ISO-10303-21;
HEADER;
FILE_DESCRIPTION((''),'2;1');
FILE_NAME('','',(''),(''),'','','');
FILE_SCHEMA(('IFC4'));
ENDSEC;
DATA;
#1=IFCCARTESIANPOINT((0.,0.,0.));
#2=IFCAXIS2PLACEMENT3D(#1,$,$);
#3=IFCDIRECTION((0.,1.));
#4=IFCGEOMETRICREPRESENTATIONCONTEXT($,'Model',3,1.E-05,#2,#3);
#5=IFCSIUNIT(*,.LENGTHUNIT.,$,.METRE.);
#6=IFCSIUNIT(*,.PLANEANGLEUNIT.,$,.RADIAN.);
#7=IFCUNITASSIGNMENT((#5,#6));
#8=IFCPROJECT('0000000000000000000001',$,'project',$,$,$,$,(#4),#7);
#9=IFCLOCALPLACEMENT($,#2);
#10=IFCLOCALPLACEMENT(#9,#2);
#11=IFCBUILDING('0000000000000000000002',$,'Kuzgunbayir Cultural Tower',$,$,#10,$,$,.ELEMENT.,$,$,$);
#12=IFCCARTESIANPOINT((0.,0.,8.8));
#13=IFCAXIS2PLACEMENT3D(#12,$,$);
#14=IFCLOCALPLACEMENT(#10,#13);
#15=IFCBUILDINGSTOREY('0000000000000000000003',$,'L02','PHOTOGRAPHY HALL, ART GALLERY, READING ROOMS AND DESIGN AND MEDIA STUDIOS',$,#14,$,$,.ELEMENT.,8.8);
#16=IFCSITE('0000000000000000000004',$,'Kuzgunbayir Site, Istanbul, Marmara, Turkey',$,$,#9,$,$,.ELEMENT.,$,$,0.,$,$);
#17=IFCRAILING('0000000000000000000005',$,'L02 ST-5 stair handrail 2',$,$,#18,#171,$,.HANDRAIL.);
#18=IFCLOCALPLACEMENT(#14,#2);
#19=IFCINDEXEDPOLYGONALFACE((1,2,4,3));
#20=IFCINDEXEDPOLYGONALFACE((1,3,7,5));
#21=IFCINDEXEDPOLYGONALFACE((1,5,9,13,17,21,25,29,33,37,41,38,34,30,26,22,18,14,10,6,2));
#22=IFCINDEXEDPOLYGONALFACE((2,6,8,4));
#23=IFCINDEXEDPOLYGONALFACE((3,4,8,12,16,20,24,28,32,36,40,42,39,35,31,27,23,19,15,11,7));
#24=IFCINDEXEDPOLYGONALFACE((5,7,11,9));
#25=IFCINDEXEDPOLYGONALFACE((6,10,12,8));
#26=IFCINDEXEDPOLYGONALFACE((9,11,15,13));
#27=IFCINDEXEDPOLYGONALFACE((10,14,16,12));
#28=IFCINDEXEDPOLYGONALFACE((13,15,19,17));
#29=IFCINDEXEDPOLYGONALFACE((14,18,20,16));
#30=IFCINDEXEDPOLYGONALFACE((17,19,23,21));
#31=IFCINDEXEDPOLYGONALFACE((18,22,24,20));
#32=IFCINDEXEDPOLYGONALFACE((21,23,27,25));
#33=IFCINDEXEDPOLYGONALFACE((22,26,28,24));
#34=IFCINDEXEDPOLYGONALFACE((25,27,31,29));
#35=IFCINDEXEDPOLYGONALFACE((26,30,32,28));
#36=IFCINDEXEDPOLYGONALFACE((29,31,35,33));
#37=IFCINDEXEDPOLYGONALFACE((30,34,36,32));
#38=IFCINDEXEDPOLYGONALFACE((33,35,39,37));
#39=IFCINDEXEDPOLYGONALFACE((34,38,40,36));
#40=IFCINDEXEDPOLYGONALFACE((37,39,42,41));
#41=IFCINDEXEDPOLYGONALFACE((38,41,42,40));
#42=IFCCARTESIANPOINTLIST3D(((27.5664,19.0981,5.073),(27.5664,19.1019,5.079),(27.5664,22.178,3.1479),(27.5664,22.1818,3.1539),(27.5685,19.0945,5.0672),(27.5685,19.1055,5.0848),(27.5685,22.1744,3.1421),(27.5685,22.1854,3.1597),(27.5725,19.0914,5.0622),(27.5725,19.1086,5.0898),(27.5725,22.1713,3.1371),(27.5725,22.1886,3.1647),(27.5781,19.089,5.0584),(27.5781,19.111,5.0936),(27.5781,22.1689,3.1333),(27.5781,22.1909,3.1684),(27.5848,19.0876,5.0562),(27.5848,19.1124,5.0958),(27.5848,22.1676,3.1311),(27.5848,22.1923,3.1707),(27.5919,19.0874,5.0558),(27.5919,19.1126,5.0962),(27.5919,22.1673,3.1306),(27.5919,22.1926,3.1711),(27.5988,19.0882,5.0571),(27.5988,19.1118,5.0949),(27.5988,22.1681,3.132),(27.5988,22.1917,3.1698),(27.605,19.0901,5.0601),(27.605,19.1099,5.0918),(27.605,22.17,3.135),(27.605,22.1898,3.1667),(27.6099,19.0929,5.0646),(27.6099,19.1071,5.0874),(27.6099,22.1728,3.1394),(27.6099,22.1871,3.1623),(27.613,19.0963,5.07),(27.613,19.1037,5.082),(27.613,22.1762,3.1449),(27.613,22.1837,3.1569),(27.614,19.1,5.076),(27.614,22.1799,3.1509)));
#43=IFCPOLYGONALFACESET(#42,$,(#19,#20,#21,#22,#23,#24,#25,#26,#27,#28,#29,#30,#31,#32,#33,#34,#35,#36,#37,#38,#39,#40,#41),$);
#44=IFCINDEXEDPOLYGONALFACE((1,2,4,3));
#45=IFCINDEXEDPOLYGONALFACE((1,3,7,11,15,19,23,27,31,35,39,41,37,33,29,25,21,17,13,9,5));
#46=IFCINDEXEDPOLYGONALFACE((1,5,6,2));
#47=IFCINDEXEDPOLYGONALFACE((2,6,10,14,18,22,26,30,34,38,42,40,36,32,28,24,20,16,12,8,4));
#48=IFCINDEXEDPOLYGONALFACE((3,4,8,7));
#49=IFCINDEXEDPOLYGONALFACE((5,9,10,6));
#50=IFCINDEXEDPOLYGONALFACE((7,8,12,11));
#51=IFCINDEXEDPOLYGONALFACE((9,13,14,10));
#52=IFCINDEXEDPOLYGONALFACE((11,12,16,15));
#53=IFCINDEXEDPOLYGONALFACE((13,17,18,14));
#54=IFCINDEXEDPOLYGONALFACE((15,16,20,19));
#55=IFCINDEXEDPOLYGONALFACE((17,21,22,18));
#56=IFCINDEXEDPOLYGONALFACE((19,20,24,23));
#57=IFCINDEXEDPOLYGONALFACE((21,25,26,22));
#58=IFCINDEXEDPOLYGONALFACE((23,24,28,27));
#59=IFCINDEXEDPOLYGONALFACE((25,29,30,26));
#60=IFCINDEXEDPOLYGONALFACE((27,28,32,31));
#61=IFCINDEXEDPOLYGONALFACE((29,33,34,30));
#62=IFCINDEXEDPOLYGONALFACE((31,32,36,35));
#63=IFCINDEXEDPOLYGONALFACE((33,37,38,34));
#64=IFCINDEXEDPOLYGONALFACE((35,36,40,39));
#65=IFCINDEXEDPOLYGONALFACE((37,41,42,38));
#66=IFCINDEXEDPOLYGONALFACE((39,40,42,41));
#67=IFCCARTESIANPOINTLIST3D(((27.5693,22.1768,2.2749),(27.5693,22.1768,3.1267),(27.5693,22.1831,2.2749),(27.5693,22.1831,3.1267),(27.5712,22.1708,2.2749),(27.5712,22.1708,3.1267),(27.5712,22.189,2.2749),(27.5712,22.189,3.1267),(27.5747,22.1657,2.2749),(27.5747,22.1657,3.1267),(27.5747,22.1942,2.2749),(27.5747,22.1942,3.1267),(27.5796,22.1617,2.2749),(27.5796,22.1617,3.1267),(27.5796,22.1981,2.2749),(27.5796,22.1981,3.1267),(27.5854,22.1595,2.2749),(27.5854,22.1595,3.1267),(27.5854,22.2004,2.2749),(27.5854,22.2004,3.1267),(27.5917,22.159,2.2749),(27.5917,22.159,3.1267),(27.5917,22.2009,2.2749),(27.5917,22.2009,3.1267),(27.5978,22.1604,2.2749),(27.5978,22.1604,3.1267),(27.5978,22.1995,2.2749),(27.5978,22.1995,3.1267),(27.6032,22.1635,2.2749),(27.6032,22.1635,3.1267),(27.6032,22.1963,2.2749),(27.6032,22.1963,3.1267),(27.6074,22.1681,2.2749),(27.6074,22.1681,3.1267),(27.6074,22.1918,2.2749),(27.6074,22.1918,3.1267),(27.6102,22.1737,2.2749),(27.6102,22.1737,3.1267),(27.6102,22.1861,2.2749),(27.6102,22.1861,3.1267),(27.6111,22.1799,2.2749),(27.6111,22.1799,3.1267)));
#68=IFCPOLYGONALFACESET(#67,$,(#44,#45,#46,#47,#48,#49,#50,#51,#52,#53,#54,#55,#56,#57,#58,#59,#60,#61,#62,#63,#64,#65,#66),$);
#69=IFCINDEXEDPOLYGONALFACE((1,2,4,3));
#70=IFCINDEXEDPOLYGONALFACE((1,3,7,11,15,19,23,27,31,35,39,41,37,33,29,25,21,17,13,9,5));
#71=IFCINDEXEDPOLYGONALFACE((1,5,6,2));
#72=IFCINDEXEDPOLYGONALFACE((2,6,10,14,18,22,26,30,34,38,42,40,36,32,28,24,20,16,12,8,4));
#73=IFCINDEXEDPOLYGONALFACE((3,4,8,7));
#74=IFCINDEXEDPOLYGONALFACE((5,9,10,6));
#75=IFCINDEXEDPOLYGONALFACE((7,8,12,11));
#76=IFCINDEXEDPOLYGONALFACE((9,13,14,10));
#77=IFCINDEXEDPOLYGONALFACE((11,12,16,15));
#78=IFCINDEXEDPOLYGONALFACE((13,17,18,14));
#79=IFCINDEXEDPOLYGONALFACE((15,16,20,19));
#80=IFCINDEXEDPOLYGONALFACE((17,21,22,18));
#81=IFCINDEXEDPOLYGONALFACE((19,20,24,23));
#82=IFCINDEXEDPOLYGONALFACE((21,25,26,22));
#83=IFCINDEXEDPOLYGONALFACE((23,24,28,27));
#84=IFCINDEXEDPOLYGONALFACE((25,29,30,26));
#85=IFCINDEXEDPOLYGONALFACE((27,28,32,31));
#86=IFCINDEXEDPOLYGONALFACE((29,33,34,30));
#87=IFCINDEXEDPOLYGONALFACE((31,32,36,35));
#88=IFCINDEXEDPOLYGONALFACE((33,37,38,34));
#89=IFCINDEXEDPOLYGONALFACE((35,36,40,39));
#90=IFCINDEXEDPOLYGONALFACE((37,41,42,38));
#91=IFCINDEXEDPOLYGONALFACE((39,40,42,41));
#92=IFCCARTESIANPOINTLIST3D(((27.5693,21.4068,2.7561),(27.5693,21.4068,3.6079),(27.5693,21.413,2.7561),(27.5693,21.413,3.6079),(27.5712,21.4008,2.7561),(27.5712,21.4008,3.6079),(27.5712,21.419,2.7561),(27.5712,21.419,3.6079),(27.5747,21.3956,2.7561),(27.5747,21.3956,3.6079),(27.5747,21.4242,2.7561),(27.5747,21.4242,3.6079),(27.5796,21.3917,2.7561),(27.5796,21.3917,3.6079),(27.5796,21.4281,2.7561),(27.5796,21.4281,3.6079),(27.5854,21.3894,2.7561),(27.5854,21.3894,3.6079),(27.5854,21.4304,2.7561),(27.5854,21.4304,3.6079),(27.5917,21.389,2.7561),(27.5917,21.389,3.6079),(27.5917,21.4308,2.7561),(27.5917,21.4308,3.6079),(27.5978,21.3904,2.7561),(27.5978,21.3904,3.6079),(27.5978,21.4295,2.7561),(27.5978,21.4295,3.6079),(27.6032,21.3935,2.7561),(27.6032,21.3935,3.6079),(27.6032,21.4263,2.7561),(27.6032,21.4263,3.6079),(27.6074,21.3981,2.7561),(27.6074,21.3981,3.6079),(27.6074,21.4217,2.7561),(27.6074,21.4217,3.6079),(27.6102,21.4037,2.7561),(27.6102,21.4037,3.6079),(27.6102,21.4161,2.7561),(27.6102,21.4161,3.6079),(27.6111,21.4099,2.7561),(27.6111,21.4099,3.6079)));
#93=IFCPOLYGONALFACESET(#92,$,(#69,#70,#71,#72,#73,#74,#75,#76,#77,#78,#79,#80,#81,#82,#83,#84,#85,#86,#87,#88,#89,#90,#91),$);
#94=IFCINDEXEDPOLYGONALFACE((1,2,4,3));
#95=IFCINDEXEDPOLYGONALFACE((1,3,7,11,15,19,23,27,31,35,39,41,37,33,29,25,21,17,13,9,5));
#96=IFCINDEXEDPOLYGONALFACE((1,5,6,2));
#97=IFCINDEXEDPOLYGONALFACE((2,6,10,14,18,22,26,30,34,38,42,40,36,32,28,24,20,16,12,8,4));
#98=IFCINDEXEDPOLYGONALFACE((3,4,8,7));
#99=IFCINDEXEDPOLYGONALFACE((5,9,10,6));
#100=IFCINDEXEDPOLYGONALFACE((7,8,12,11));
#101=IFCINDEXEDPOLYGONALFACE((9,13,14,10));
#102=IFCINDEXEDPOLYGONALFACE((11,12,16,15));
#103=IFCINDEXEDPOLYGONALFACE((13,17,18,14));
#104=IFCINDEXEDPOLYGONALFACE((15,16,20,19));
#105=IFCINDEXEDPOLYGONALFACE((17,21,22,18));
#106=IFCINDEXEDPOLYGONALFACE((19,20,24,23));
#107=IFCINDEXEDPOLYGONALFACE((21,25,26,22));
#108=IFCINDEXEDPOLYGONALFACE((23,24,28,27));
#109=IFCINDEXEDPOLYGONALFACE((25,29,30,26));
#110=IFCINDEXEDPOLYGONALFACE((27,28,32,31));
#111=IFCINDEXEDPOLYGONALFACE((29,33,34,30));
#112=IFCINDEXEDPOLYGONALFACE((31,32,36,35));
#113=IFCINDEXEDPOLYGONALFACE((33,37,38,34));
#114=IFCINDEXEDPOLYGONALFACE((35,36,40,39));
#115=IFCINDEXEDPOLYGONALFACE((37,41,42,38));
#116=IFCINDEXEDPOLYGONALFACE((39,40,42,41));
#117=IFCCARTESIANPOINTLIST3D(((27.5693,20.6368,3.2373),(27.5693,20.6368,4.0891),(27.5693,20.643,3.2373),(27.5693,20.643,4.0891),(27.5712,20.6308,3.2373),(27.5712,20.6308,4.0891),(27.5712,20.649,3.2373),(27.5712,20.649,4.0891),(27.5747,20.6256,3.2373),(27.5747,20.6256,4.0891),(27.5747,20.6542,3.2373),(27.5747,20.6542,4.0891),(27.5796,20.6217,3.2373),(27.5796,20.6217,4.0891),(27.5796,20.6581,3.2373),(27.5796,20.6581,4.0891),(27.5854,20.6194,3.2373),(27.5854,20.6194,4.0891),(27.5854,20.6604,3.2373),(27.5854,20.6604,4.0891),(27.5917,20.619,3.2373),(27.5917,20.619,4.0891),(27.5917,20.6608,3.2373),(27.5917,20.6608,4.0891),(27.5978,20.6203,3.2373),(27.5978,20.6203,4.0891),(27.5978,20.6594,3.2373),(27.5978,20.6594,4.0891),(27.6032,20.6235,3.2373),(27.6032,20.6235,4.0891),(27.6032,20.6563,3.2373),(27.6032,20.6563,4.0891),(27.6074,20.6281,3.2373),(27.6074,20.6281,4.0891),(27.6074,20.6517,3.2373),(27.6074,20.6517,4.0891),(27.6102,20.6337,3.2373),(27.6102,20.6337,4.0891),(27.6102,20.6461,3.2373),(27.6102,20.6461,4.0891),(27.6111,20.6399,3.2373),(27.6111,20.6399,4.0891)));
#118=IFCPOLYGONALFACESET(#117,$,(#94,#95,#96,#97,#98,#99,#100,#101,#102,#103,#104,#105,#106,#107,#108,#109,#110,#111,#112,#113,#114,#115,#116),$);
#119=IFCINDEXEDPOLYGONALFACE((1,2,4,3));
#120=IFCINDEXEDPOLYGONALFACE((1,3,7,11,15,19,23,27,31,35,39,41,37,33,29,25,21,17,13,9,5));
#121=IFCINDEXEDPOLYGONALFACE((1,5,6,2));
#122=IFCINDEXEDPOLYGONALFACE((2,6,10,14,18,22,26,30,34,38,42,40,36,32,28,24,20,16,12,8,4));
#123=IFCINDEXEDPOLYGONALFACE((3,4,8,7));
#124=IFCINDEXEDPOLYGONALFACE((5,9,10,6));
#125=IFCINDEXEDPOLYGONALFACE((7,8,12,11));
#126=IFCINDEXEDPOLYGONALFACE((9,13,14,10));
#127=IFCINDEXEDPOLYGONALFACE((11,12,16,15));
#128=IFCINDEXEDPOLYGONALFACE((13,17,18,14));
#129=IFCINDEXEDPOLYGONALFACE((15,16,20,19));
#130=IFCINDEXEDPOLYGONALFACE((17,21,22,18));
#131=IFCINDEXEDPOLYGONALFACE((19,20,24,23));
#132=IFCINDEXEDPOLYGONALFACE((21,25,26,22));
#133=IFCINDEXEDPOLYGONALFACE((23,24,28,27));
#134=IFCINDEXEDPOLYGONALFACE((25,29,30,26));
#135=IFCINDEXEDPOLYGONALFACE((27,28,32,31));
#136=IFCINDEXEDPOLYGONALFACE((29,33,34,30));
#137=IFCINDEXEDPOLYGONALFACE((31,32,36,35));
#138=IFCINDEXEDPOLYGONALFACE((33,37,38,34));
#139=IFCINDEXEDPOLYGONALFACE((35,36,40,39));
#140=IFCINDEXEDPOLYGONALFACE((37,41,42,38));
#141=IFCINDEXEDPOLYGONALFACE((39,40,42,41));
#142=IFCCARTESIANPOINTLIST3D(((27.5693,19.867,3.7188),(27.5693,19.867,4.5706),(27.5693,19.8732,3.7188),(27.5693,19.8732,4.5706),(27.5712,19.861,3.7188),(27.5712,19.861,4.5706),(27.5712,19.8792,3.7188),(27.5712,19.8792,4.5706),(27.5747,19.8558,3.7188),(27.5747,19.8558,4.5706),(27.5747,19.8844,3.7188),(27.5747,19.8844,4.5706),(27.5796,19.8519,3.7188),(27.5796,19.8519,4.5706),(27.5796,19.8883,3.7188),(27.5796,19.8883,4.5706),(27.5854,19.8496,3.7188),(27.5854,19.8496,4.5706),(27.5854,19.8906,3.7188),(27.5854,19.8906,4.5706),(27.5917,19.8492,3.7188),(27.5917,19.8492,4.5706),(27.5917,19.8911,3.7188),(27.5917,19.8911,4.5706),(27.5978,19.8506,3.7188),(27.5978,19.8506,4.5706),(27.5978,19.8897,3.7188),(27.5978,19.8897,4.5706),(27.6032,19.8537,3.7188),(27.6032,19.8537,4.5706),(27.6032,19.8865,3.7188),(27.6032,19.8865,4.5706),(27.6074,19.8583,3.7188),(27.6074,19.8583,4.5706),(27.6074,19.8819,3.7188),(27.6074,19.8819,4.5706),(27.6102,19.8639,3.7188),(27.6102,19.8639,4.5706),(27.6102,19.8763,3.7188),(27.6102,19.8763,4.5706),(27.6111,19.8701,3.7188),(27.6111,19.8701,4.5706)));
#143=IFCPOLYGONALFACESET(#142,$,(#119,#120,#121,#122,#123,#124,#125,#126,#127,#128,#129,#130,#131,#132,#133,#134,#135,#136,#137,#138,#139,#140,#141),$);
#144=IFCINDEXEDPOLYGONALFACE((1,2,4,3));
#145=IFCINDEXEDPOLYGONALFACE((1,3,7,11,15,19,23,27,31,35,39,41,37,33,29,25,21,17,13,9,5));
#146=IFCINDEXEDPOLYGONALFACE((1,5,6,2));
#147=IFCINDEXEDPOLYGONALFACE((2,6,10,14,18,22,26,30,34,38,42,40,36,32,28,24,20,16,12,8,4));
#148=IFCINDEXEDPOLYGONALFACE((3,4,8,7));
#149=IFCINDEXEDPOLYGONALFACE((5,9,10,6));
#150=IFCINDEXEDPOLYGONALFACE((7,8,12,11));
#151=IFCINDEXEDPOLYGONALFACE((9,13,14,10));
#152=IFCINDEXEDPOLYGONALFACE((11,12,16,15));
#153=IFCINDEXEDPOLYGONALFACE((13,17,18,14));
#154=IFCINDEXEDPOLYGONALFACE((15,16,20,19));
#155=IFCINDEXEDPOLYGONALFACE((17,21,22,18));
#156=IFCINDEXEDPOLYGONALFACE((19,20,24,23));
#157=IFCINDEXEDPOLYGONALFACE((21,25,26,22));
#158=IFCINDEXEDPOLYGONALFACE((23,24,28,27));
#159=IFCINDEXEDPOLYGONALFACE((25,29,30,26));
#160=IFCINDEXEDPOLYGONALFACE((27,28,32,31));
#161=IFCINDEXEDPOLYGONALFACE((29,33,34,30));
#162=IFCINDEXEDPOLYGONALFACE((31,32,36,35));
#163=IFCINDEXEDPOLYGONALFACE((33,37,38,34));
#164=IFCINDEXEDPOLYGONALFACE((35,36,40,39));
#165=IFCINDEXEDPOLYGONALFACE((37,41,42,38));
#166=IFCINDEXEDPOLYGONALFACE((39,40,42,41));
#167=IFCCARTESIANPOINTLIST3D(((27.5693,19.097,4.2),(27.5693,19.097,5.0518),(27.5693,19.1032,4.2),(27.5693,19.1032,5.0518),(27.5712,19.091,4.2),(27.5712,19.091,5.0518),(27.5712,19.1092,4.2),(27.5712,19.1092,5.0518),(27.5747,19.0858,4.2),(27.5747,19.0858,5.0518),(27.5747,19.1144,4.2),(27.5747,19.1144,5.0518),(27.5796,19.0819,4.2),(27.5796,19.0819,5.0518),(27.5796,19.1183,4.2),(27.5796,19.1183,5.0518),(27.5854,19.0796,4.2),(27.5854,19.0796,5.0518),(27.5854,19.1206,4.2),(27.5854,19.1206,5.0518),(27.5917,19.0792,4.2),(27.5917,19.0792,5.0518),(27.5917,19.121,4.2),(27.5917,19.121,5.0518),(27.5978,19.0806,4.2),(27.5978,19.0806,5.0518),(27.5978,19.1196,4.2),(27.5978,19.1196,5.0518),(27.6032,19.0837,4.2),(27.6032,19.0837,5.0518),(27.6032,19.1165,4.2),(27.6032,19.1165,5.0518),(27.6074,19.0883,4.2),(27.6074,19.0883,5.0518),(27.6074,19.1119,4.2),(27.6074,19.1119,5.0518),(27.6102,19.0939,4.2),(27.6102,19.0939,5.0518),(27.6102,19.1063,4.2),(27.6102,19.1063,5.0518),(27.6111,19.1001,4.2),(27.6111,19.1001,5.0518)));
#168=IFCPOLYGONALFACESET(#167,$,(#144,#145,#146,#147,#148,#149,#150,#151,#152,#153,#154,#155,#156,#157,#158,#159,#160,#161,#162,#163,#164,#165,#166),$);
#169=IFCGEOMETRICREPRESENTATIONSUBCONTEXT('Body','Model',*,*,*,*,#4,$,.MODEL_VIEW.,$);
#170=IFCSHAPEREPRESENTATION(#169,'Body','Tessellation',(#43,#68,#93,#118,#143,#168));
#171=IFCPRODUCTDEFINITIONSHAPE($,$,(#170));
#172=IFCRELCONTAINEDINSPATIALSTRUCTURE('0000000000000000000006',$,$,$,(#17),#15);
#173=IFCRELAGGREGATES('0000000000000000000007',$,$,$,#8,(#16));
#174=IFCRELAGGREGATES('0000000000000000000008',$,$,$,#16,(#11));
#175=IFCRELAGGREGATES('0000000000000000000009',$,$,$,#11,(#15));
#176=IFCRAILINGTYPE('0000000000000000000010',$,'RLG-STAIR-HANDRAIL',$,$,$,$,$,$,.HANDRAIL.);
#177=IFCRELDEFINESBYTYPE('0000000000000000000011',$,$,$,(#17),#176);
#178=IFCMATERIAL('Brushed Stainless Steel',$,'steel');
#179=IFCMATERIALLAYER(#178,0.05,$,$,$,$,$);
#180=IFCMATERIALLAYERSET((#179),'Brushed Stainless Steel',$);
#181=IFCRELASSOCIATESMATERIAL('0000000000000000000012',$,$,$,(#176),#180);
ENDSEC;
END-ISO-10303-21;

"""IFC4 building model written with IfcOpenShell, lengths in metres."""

from ifc_helpers import new_model, si_unit, direction, frame, origin, origin_2d, place, context, subcontext, project, spatial, circle, extrude, material, layer, layer_set, type_object, element, save


model = new_model("IFC4")

# Units and contexts
model_context = context("Model", 3, precision=1e-05, world=origin(), true_north=direction((0.0, 1.0)))
body_context = subcontext(model_context, "Body", "Model", "MODEL_VIEW")
ifc_project = project(units=[si_unit("LENGTHUNIT", "METRE"), si_unit("PLANEANGLEUNIT", "RADIAN")], contexts=[model_context])

# Site, building, storey
site_placement = place(None, origin())
site = spatial("IfcSite", under=ifc_project, at=site_placement, Name="Kuzgunbayir Site, Istanbul, Marmara, Turkey", CompositionType="ELEMENT", RefElevation=0.0)
building_placement = place(site_placement, origin())
building = spatial("IfcBuilding", under=site, at=building_placement, Name="Kuzgunbayir Cultural Tower", CompositionType="ELEMENT")
storey_placement = place(building_placement, frame((0.0, 0.0, 8.8)))
storey = spatial("IfcBuildingStorey", under=building, at=storey_placement, Name="L02", Description="PHOTOGRAPHY HALL, ART GALLERY, READING ROOMS AND DESIGN AND MEDIA STUDIOS", CompositionType="ELEMENT", Elevation=8.8)

# Railing
ifc_material_1 = material(Name="Brushed Stainless Steel", Category="steel")
ifc_layer_1 = layer(ifc_material_1, 0.05)
ifc_layer_set_1 = layer_set([ifc_layer_1], Name="Brushed Stainless Steel")
railing_type_1 = type_object("IfcRailingType", Name="RLG-STAIR-HANDRAIL", PredefinedType="HANDRAIL", material=ifc_layer_set_1)
railing_1_placement = place(storey_placement, frame((27.5901, 22.1799, 2.2749)))
element("IfcRailing", 1, at=railing_1_placement, inside=storey, type_object=railing_type_1, Name="L02 ST-5 stair handrail 2", PredefinedType="HANDRAIL", context=body_context, shape_type="SweptSolid", body=[
    extrude(circle(Radius=0.0239, at=origin_2d()), frame((0.0, 0.0, 0.876), z_axis=(0.0, -0.847979, 0.530029), x_axis=(1.0, 0.0, 0.0)), (0.0, 0.0, 1.0), 3.6321),
    extrude(circle(Radius=0.021, at=origin_2d()), origin(), (0.0, 0.0, 1.0), 0.8518),
    extrude(circle(Radius=0.021, at=origin_2d()), frame((0.0, -0.77, 0.4812)), (0.0, 0.0, 1.0), 0.8518),
    extrude(circle(Radius=0.021, at=origin_2d()), frame((0.0, -1.54, 0.9624)), (0.0, 0.0, 1.0), 0.8518),
    extrude(circle(Radius=0.021, at=origin_2d()), frame((0.0, -2.3098, 1.4438)), (0.0, 0.0, 1.0), 0.8518),
    extrude(circle(Radius=0.021, at=origin_2d()), frame((0.0, -3.0798, 1.925)), (0.0, 0.0, 1.0), 0.8518),
])

save(model, "model.ifc")
